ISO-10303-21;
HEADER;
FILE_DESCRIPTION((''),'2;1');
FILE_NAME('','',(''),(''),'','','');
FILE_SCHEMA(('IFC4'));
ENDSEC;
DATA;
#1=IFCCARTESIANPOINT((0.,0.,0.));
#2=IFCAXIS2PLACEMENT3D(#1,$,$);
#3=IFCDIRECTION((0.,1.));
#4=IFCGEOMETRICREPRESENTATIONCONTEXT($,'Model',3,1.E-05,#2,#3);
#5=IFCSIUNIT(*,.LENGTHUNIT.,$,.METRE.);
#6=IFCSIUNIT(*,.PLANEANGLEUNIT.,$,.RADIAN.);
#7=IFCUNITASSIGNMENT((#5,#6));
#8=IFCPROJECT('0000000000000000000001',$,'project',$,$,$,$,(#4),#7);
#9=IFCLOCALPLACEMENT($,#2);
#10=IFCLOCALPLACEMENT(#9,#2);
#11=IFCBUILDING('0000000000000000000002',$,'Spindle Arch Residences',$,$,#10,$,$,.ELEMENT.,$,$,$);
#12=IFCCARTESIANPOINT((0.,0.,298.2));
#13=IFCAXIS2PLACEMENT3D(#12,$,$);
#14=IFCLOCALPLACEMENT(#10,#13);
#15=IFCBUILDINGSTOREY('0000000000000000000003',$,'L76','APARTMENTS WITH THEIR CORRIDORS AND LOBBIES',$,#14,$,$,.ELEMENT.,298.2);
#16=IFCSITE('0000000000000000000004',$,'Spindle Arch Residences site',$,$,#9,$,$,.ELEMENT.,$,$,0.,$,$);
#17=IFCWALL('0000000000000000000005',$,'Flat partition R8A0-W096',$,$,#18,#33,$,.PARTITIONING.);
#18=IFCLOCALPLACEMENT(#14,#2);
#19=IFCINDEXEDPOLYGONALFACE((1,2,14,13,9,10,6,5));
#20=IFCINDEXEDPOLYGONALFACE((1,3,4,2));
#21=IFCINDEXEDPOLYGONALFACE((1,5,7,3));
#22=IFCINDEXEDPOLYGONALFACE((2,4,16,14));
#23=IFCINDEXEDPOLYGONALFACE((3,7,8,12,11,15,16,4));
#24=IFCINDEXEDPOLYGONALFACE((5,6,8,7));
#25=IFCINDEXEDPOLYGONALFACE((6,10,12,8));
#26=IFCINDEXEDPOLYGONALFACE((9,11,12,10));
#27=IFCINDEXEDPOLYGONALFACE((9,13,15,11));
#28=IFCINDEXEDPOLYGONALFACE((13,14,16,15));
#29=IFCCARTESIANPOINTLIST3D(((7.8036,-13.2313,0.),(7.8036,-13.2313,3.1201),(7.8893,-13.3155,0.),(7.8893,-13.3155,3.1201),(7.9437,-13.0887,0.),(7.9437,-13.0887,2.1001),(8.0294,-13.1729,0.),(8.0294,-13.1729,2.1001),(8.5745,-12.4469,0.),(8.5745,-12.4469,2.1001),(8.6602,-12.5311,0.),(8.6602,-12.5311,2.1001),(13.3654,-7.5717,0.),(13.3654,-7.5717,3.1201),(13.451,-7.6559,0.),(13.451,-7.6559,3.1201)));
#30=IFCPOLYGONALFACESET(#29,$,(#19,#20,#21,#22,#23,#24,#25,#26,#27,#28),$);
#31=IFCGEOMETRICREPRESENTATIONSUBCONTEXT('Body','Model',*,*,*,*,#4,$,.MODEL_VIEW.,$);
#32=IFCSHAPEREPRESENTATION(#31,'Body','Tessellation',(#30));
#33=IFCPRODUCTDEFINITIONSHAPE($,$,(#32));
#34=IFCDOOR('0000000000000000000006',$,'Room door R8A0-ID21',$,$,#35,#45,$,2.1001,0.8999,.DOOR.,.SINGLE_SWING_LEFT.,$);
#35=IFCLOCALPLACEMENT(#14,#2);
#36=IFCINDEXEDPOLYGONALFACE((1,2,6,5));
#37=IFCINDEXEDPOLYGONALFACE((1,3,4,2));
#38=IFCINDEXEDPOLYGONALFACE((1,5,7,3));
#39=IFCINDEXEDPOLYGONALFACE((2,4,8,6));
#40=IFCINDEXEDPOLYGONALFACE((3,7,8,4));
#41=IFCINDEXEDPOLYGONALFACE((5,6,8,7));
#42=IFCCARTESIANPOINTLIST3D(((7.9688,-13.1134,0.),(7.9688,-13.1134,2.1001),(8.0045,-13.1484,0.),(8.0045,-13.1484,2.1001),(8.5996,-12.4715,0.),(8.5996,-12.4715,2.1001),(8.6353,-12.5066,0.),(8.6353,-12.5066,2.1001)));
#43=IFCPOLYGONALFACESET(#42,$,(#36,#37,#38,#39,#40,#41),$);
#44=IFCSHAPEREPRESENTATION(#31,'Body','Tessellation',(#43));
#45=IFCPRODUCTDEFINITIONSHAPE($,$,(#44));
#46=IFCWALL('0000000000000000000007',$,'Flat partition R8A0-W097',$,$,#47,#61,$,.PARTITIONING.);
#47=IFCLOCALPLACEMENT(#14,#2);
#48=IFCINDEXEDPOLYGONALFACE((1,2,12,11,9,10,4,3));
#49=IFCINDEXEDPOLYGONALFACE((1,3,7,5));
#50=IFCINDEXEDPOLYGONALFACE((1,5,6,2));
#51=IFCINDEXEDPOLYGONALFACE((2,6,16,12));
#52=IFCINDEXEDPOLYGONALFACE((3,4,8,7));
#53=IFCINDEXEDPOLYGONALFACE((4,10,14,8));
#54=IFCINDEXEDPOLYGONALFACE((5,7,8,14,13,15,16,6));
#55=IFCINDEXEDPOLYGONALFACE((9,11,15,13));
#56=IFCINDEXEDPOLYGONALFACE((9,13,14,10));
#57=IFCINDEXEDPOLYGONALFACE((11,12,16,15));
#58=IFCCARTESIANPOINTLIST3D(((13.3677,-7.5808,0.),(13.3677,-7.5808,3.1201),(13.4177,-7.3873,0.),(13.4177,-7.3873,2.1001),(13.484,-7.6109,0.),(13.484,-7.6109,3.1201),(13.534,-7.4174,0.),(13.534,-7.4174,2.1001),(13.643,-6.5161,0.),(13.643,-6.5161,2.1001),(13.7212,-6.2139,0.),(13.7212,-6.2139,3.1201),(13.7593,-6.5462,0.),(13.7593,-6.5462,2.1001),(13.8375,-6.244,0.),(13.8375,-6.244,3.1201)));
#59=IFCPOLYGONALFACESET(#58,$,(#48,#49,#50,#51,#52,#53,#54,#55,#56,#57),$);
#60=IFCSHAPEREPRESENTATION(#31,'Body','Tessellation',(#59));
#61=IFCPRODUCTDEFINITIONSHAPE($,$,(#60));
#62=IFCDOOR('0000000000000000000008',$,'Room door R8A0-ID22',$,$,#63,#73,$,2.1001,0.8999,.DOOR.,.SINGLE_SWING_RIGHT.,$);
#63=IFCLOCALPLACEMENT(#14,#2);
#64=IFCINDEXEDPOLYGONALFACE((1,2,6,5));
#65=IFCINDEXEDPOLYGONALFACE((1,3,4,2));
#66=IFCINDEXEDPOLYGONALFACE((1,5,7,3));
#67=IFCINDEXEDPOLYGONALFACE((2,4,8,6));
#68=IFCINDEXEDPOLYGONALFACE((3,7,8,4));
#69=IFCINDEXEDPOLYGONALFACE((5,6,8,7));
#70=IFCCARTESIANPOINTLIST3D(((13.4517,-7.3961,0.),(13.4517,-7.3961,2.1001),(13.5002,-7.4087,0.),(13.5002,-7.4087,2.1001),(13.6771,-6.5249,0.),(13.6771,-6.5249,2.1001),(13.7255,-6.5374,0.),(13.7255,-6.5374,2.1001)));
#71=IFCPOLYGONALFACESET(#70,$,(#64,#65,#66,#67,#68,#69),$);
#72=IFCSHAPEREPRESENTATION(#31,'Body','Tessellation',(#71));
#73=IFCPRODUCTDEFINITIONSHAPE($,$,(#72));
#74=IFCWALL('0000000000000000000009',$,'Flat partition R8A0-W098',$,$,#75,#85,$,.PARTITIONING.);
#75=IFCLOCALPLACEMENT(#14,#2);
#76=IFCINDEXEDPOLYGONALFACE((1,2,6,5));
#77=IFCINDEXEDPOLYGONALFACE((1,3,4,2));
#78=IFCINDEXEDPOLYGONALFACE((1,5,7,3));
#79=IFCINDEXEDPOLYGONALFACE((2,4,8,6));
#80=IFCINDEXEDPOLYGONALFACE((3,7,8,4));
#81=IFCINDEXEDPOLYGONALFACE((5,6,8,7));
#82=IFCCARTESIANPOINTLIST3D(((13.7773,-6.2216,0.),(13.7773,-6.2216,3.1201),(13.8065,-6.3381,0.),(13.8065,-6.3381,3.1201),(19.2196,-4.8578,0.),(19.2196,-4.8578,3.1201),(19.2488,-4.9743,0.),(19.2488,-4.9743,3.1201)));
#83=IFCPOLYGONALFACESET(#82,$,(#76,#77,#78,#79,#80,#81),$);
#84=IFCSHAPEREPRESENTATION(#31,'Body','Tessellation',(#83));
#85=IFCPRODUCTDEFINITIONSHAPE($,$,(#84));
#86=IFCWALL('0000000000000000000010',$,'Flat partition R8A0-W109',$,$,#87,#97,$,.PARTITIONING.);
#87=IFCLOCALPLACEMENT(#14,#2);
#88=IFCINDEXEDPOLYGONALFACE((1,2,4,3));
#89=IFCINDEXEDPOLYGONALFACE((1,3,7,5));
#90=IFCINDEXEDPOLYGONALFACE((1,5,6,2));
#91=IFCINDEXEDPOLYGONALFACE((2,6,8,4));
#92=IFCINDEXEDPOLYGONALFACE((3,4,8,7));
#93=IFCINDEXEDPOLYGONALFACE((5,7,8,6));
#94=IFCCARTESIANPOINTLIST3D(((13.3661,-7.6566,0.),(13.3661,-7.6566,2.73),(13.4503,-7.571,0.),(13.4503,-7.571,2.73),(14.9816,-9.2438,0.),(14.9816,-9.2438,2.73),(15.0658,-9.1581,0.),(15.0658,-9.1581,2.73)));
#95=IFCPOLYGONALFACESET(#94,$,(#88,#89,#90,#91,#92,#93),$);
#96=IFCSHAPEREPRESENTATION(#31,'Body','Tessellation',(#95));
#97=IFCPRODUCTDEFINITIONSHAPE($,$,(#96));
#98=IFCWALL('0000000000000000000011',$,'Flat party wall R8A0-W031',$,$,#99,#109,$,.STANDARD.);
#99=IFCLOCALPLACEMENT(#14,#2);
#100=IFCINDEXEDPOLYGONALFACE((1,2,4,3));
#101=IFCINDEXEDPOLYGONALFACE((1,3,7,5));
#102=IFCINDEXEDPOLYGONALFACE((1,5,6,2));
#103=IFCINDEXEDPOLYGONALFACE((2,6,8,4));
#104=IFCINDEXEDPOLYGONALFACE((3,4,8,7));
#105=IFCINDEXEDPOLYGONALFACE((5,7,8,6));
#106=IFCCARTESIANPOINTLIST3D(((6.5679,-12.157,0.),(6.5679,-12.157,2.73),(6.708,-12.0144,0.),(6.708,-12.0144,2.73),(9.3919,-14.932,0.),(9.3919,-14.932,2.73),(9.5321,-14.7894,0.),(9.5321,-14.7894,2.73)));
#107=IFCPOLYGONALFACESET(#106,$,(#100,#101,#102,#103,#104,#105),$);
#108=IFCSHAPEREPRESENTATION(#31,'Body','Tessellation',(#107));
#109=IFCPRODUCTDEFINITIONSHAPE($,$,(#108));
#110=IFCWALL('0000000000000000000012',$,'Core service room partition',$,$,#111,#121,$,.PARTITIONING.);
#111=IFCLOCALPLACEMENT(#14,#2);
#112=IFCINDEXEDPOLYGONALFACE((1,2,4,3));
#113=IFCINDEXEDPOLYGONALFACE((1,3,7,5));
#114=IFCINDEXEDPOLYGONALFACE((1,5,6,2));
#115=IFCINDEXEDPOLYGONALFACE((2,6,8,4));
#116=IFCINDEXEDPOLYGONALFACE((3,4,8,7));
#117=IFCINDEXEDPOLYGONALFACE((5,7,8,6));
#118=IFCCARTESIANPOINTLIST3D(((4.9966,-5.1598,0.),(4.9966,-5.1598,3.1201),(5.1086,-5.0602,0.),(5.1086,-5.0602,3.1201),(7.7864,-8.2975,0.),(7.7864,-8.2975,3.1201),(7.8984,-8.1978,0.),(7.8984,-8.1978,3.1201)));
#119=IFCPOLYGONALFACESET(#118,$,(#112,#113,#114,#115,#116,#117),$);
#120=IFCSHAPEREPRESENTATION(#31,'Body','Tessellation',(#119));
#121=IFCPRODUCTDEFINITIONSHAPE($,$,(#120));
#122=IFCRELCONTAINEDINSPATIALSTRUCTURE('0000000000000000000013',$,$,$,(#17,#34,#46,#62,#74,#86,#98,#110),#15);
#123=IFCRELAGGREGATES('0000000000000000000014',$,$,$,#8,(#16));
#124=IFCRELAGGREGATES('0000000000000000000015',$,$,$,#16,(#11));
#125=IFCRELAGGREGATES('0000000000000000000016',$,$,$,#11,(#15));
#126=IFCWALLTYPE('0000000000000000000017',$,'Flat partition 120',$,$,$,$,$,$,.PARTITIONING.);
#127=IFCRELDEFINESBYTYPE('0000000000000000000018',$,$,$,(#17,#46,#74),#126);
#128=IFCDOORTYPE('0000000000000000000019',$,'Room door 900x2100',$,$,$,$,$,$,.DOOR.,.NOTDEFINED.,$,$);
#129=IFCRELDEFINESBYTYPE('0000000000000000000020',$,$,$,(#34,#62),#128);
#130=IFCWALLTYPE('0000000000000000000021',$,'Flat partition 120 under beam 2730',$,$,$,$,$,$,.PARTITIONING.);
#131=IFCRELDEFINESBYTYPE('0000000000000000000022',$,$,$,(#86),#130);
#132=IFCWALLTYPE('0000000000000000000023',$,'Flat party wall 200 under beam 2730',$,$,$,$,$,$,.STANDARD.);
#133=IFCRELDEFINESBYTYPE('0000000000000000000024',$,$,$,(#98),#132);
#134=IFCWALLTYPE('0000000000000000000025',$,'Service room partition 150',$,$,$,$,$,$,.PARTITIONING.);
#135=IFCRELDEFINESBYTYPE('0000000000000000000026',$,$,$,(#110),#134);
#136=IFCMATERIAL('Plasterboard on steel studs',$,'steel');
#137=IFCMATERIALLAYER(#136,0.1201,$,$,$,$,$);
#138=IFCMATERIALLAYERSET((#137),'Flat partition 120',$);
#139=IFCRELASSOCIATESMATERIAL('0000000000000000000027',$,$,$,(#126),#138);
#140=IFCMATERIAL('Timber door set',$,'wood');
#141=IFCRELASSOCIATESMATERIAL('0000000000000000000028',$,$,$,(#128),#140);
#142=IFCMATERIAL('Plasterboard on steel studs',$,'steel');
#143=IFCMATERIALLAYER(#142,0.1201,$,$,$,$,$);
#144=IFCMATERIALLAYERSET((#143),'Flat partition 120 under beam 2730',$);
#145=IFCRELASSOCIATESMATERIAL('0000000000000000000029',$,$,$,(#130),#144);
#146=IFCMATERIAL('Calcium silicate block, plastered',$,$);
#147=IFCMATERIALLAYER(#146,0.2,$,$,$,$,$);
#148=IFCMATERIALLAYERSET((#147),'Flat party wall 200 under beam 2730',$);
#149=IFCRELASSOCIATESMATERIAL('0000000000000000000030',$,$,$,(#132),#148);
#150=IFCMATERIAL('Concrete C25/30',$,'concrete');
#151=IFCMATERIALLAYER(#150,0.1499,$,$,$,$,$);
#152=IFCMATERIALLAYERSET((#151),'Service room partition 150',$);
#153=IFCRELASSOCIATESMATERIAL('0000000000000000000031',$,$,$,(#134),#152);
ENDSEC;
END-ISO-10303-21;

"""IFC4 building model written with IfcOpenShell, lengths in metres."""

from ifc_helpers import new_model, si_unit, direction, frame, frame_2d, origin, place, context, subcontext, project, spatial, rectangle, extrude, material, layer, layer_set, type_object, element, fill, save


model = new_model("IFC4")

# Units and contexts
model_context = context("Model", 3, precision=1e-05, world=origin(), true_north=direction((0.0, 1.0)))
body_context = subcontext(model_context, "Body", "Model", "MODEL_VIEW")
ifc_project = project(units=[si_unit("LENGTHUNIT", "METRE"), si_unit("PLANEANGLEUNIT", "RADIAN")], contexts=[model_context])

# Site, building, storey
site_placement = place(None, origin())
site = spatial("IfcSite", under=ifc_project, at=site_placement, Name="Spindle Arch Residences site", CompositionType="ELEMENT", RefElevation=0.0)
building_placement = place(site_placement, origin())
building = spatial("IfcBuilding", under=site, at=building_placement, Name="Spindle Arch Residences", CompositionType="ELEMENT")
storey_placement = place(building_placement, frame((0.0, 0.0, 298.2)))
storey = spatial("IfcBuildingStorey", under=building, at=storey_placement, Name="L76", Description="APARTMENTS WITH THEIR CORRIDORS AND LOBBIES", CompositionType="ELEMENT", Elevation=298.2)

# Walls, openings, doors
ifc_material_1 = material(Name="Plasterboard on steel studs", Category="steel")
ifc_layer_1 = layer(ifc_material_1, 0.1201)
ifc_layer_set_1 = layer_set([ifc_layer_1], Name="Flat partition 120")
wall_type_1 = type_object("IfcWallType", Name="Flat partition 120", PredefinedType="PARTITIONING", material=ifc_layer_set_1)
wall_1_placement = place(storey_placement, frame((7.8464, -13.2734, 0.0), z_axis=(0.0, 0.0, 1.0), x_axis=(0.700911, 0.713249, 0.0)))
wall_1 = element("IfcWall", 1, at=wall_1_placement, inside=storey, type_object=wall_type_1, Name="Flat partition R8A0-W096", PredefinedType="PARTITIONING", context=body_context, shape_type="SweptSolid", body=[
    extrude(rectangle(XDim=7.9351, YDim=0.1201, at=frame_2d((3.9675, 0.0))), origin(), (0.0, 0.0, 1.0), 3.1201),
])
opening_1_placement = place(wall_1_placement, frame((0.2, 0.0, 0.0)))
opening_1 = element("IfcOpeningElement", 2, at=opening_1_placement, cuts=wall_1, PredefinedType="OPENING", context=body_context, shape_type="SweptSolid", body=[
    extrude(rectangle(XDim=0.8999, YDim=2.1001, at=frame_2d((0.45, 1.05))), frame((0.0, 0.0701, 0.0), z_axis=(0.0, -1.0, 0.0), x_axis=(1.0, 0.0, 0.0)), (0.0, 0.0, 1.0), 0.1401),
])
ifc_material_2 = material(Name="Timber door set", Category="wood")
door_type_1 = type_object("IfcDoorType", Name="Room door 900x2100", OperationType="NOTDEFINED", PredefinedType="DOOR", material=ifc_material_2)
door_1_placement = place(opening_1_placement, origin())
door_1 = element("IfcDoor", 3, at=door_1_placement, inside=storey, type_object=door_type_1, Name="Room door R8A0-ID21", OperationType="SINGLE_SWING_LEFT", OverallHeight=2.1001, OverallWidth=0.8999, PredefinedType="DOOR", context=body_context, shape_type="SweptSolid", body=[
    extrude(rectangle(XDim=0.8999, YDim=2.1001, at=frame_2d((0.45, 1.05))), frame((0.0, 0.0249, 0.0), z_axis=(0.0, -1.0, 0.0), x_axis=(1.0, 0.0, 0.0)), (0.0, 0.0, 1.0), 0.05),
])
fill(opening_1, door_1)
wall_2_placement = place(storey_placement, frame((13.4258, -7.5959, 0.0), z_axis=(0.0, 0.0, 1.0), x_axis=(0.25038, 0.968148, 0.0)))
wall_2 = element("IfcWall", 4, at=wall_2_placement, inside=storey, type_object=wall_type_1, Name="Flat partition R8A0-W097", PredefinedType="PARTITIONING", context=body_context, shape_type="SweptSolid", body=[
    extrude(rectangle(XDim=1.4119, YDim=0.1201, at=frame_2d((0.7061, 0.0))), origin(), (0.0, 0.0, 1.0), 3.1201),
])
opening_2_placement = place(wall_2_placement, frame((0.2, 0.0, 0.0)))
opening_2 = element("IfcOpeningElement", 5, at=opening_2_placement, cuts=wall_2, PredefinedType="OPENING", context=body_context, shape_type="SweptSolid", body=[
    extrude(rectangle(XDim=0.8999, YDim=2.1001, at=frame_2d((0.45, 1.05))), frame((0.0, 0.0701, 0.0), z_axis=(0.0, -1.0, 0.0), x_axis=(1.0, 0.0, 0.0)), (0.0, 0.0, 1.0), 0.1401),
])
door_2_placement = place(opening_2_placement, origin())
door_2 = element("IfcDoor", 6, at=door_2_placement, inside=storey, type_object=door_type_1, Name="Room door R8A0-ID22", OperationType="SINGLE_SWING_RIGHT", OverallHeight=2.1001, OverallWidth=0.8999, PredefinedType="DOOR", context=body_context, shape_type="SweptSolid", body=[
    extrude(rectangle(XDim=0.8999, YDim=2.1001, at=frame_2d((0.45, 1.05))), frame((0.0, 0.0249, 0.0), z_axis=(0.0, -1.0, 0.0), x_axis=(1.0, 0.0, 0.0)), (0.0, 0.0, 1.0), 0.05),
])
fill(opening_2, door_2)

# Walls
wall_3_placement = place(storey_placement, frame((13.792, -6.2798, 0.0), z_axis=(0.0, 0.0, 1.0), x_axis=(0.970009, 0.243068, 0.0)))
element("IfcWall", 7, at=wall_3_placement, inside=storey, type_object=wall_type_1, Name="Flat partition R8A0-W098", PredefinedType="PARTITIONING", context=body_context, shape_type="SweptSolid", body=[
    extrude(rectangle(XDim=5.6106, YDim=0.1201, at=frame_2d((2.8052, 0.0))), origin(), (0.0, 0.0, 1.0), 3.1201),
])
ifc_material_3 = material(Name="Plasterboard on steel studs", Category="steel")
ifc_layer_2 = layer(ifc_material_3, 0.1201)
ifc_layer_set_2 = layer_set([ifc_layer_2], Name="Flat partition 120 under beam 2730")
wall_type_2 = type_object("IfcWallType", Name="Flat partition 120 under beam 2730", PredefinedType="PARTITIONING", material=ifc_layer_set_2)
wall_4_placement = place(storey_placement, frame((15.0237, -9.2009, 0.0), z_axis=(0.0, 0.0, 1.0), x_axis=(-0.713332, 0.700827, 0.0)))
element("IfcWall", 8, at=wall_4_placement, inside=storey, type_object=wall_type_2, Name="Flat partition R8A0-W109", PredefinedType="PARTITIONING", context=body_context, shape_type="SweptSolid", body=[
    extrude(rectangle(XDim=2.2646, YDim=0.1201, at=frame_2d((1.1323, 0.0))), origin(), (0.0, 0.0, 1.0), 2.73),
])
ifc_material_4 = material(Name="Calcium silicate block, plastered")
ifc_layer_3 = layer(ifc_material_4, 0.2)
ifc_layer_set_3 = layer_set([ifc_layer_3], Name="Flat party wall 200 under beam 2730")
wall_type_3 = type_object("IfcWallType", Name="Flat party wall 200 under beam 2730", PredefinedType="STANDARD", material=ifc_layer_set_3)
wall_5_placement = place(storey_placement, frame((9.4619, -14.8606, 0.0), z_axis=(0.0, 0.0, 1.0), x_axis=(-0.713277, 0.700882, 0.0)))
element("IfcWall", 9, at=wall_5_placement, inside=storey, type_object=wall_type_3, Name="Flat party wall R8A0-W031", PredefinedType="STANDARD", context=body_context, shape_type="SweptSolid", body=[
    extrude(rectangle(XDim=3.9592, YDim=0.2, at=frame_2d((1.9795, 0.0))), origin(), (0.0, 0.0, 1.0), 2.73),
])
ifc_material_5 = material(Name="Concrete C25/30", Category="concrete")
ifc_layer_4 = layer(ifc_material_5, 0.1499)
ifc_layer_set_4 = layer_set([ifc_layer_4], Name="Service room partition 150")
wall_type_4 = type_object("IfcWallType", Name="Service room partition 150", PredefinedType="PARTITIONING", material=ifc_layer_set_4)
wall_6_placement = place(storey_placement, frame((7.8423, -8.2476, 0.0), z_axis=(0.0, 0.0, 1.0), x_axis=(-0.664461, 0.747323, 0.0)))
element("IfcWall", 10, at=wall_6_placement, inside=storey, type_object=wall_type_4, Name="Core service room partition", PredefinedType="PARTITIONING", context=body_context, shape_type="SweptSolid", body=[
    extrude(rectangle(XDim=4.1985, YDim=0.1499, at=frame_2d((2.0991, 0.0))), origin(), (0.0, 0.0, 1.0), 3.1201),
])

save(model, "model.ifc")
